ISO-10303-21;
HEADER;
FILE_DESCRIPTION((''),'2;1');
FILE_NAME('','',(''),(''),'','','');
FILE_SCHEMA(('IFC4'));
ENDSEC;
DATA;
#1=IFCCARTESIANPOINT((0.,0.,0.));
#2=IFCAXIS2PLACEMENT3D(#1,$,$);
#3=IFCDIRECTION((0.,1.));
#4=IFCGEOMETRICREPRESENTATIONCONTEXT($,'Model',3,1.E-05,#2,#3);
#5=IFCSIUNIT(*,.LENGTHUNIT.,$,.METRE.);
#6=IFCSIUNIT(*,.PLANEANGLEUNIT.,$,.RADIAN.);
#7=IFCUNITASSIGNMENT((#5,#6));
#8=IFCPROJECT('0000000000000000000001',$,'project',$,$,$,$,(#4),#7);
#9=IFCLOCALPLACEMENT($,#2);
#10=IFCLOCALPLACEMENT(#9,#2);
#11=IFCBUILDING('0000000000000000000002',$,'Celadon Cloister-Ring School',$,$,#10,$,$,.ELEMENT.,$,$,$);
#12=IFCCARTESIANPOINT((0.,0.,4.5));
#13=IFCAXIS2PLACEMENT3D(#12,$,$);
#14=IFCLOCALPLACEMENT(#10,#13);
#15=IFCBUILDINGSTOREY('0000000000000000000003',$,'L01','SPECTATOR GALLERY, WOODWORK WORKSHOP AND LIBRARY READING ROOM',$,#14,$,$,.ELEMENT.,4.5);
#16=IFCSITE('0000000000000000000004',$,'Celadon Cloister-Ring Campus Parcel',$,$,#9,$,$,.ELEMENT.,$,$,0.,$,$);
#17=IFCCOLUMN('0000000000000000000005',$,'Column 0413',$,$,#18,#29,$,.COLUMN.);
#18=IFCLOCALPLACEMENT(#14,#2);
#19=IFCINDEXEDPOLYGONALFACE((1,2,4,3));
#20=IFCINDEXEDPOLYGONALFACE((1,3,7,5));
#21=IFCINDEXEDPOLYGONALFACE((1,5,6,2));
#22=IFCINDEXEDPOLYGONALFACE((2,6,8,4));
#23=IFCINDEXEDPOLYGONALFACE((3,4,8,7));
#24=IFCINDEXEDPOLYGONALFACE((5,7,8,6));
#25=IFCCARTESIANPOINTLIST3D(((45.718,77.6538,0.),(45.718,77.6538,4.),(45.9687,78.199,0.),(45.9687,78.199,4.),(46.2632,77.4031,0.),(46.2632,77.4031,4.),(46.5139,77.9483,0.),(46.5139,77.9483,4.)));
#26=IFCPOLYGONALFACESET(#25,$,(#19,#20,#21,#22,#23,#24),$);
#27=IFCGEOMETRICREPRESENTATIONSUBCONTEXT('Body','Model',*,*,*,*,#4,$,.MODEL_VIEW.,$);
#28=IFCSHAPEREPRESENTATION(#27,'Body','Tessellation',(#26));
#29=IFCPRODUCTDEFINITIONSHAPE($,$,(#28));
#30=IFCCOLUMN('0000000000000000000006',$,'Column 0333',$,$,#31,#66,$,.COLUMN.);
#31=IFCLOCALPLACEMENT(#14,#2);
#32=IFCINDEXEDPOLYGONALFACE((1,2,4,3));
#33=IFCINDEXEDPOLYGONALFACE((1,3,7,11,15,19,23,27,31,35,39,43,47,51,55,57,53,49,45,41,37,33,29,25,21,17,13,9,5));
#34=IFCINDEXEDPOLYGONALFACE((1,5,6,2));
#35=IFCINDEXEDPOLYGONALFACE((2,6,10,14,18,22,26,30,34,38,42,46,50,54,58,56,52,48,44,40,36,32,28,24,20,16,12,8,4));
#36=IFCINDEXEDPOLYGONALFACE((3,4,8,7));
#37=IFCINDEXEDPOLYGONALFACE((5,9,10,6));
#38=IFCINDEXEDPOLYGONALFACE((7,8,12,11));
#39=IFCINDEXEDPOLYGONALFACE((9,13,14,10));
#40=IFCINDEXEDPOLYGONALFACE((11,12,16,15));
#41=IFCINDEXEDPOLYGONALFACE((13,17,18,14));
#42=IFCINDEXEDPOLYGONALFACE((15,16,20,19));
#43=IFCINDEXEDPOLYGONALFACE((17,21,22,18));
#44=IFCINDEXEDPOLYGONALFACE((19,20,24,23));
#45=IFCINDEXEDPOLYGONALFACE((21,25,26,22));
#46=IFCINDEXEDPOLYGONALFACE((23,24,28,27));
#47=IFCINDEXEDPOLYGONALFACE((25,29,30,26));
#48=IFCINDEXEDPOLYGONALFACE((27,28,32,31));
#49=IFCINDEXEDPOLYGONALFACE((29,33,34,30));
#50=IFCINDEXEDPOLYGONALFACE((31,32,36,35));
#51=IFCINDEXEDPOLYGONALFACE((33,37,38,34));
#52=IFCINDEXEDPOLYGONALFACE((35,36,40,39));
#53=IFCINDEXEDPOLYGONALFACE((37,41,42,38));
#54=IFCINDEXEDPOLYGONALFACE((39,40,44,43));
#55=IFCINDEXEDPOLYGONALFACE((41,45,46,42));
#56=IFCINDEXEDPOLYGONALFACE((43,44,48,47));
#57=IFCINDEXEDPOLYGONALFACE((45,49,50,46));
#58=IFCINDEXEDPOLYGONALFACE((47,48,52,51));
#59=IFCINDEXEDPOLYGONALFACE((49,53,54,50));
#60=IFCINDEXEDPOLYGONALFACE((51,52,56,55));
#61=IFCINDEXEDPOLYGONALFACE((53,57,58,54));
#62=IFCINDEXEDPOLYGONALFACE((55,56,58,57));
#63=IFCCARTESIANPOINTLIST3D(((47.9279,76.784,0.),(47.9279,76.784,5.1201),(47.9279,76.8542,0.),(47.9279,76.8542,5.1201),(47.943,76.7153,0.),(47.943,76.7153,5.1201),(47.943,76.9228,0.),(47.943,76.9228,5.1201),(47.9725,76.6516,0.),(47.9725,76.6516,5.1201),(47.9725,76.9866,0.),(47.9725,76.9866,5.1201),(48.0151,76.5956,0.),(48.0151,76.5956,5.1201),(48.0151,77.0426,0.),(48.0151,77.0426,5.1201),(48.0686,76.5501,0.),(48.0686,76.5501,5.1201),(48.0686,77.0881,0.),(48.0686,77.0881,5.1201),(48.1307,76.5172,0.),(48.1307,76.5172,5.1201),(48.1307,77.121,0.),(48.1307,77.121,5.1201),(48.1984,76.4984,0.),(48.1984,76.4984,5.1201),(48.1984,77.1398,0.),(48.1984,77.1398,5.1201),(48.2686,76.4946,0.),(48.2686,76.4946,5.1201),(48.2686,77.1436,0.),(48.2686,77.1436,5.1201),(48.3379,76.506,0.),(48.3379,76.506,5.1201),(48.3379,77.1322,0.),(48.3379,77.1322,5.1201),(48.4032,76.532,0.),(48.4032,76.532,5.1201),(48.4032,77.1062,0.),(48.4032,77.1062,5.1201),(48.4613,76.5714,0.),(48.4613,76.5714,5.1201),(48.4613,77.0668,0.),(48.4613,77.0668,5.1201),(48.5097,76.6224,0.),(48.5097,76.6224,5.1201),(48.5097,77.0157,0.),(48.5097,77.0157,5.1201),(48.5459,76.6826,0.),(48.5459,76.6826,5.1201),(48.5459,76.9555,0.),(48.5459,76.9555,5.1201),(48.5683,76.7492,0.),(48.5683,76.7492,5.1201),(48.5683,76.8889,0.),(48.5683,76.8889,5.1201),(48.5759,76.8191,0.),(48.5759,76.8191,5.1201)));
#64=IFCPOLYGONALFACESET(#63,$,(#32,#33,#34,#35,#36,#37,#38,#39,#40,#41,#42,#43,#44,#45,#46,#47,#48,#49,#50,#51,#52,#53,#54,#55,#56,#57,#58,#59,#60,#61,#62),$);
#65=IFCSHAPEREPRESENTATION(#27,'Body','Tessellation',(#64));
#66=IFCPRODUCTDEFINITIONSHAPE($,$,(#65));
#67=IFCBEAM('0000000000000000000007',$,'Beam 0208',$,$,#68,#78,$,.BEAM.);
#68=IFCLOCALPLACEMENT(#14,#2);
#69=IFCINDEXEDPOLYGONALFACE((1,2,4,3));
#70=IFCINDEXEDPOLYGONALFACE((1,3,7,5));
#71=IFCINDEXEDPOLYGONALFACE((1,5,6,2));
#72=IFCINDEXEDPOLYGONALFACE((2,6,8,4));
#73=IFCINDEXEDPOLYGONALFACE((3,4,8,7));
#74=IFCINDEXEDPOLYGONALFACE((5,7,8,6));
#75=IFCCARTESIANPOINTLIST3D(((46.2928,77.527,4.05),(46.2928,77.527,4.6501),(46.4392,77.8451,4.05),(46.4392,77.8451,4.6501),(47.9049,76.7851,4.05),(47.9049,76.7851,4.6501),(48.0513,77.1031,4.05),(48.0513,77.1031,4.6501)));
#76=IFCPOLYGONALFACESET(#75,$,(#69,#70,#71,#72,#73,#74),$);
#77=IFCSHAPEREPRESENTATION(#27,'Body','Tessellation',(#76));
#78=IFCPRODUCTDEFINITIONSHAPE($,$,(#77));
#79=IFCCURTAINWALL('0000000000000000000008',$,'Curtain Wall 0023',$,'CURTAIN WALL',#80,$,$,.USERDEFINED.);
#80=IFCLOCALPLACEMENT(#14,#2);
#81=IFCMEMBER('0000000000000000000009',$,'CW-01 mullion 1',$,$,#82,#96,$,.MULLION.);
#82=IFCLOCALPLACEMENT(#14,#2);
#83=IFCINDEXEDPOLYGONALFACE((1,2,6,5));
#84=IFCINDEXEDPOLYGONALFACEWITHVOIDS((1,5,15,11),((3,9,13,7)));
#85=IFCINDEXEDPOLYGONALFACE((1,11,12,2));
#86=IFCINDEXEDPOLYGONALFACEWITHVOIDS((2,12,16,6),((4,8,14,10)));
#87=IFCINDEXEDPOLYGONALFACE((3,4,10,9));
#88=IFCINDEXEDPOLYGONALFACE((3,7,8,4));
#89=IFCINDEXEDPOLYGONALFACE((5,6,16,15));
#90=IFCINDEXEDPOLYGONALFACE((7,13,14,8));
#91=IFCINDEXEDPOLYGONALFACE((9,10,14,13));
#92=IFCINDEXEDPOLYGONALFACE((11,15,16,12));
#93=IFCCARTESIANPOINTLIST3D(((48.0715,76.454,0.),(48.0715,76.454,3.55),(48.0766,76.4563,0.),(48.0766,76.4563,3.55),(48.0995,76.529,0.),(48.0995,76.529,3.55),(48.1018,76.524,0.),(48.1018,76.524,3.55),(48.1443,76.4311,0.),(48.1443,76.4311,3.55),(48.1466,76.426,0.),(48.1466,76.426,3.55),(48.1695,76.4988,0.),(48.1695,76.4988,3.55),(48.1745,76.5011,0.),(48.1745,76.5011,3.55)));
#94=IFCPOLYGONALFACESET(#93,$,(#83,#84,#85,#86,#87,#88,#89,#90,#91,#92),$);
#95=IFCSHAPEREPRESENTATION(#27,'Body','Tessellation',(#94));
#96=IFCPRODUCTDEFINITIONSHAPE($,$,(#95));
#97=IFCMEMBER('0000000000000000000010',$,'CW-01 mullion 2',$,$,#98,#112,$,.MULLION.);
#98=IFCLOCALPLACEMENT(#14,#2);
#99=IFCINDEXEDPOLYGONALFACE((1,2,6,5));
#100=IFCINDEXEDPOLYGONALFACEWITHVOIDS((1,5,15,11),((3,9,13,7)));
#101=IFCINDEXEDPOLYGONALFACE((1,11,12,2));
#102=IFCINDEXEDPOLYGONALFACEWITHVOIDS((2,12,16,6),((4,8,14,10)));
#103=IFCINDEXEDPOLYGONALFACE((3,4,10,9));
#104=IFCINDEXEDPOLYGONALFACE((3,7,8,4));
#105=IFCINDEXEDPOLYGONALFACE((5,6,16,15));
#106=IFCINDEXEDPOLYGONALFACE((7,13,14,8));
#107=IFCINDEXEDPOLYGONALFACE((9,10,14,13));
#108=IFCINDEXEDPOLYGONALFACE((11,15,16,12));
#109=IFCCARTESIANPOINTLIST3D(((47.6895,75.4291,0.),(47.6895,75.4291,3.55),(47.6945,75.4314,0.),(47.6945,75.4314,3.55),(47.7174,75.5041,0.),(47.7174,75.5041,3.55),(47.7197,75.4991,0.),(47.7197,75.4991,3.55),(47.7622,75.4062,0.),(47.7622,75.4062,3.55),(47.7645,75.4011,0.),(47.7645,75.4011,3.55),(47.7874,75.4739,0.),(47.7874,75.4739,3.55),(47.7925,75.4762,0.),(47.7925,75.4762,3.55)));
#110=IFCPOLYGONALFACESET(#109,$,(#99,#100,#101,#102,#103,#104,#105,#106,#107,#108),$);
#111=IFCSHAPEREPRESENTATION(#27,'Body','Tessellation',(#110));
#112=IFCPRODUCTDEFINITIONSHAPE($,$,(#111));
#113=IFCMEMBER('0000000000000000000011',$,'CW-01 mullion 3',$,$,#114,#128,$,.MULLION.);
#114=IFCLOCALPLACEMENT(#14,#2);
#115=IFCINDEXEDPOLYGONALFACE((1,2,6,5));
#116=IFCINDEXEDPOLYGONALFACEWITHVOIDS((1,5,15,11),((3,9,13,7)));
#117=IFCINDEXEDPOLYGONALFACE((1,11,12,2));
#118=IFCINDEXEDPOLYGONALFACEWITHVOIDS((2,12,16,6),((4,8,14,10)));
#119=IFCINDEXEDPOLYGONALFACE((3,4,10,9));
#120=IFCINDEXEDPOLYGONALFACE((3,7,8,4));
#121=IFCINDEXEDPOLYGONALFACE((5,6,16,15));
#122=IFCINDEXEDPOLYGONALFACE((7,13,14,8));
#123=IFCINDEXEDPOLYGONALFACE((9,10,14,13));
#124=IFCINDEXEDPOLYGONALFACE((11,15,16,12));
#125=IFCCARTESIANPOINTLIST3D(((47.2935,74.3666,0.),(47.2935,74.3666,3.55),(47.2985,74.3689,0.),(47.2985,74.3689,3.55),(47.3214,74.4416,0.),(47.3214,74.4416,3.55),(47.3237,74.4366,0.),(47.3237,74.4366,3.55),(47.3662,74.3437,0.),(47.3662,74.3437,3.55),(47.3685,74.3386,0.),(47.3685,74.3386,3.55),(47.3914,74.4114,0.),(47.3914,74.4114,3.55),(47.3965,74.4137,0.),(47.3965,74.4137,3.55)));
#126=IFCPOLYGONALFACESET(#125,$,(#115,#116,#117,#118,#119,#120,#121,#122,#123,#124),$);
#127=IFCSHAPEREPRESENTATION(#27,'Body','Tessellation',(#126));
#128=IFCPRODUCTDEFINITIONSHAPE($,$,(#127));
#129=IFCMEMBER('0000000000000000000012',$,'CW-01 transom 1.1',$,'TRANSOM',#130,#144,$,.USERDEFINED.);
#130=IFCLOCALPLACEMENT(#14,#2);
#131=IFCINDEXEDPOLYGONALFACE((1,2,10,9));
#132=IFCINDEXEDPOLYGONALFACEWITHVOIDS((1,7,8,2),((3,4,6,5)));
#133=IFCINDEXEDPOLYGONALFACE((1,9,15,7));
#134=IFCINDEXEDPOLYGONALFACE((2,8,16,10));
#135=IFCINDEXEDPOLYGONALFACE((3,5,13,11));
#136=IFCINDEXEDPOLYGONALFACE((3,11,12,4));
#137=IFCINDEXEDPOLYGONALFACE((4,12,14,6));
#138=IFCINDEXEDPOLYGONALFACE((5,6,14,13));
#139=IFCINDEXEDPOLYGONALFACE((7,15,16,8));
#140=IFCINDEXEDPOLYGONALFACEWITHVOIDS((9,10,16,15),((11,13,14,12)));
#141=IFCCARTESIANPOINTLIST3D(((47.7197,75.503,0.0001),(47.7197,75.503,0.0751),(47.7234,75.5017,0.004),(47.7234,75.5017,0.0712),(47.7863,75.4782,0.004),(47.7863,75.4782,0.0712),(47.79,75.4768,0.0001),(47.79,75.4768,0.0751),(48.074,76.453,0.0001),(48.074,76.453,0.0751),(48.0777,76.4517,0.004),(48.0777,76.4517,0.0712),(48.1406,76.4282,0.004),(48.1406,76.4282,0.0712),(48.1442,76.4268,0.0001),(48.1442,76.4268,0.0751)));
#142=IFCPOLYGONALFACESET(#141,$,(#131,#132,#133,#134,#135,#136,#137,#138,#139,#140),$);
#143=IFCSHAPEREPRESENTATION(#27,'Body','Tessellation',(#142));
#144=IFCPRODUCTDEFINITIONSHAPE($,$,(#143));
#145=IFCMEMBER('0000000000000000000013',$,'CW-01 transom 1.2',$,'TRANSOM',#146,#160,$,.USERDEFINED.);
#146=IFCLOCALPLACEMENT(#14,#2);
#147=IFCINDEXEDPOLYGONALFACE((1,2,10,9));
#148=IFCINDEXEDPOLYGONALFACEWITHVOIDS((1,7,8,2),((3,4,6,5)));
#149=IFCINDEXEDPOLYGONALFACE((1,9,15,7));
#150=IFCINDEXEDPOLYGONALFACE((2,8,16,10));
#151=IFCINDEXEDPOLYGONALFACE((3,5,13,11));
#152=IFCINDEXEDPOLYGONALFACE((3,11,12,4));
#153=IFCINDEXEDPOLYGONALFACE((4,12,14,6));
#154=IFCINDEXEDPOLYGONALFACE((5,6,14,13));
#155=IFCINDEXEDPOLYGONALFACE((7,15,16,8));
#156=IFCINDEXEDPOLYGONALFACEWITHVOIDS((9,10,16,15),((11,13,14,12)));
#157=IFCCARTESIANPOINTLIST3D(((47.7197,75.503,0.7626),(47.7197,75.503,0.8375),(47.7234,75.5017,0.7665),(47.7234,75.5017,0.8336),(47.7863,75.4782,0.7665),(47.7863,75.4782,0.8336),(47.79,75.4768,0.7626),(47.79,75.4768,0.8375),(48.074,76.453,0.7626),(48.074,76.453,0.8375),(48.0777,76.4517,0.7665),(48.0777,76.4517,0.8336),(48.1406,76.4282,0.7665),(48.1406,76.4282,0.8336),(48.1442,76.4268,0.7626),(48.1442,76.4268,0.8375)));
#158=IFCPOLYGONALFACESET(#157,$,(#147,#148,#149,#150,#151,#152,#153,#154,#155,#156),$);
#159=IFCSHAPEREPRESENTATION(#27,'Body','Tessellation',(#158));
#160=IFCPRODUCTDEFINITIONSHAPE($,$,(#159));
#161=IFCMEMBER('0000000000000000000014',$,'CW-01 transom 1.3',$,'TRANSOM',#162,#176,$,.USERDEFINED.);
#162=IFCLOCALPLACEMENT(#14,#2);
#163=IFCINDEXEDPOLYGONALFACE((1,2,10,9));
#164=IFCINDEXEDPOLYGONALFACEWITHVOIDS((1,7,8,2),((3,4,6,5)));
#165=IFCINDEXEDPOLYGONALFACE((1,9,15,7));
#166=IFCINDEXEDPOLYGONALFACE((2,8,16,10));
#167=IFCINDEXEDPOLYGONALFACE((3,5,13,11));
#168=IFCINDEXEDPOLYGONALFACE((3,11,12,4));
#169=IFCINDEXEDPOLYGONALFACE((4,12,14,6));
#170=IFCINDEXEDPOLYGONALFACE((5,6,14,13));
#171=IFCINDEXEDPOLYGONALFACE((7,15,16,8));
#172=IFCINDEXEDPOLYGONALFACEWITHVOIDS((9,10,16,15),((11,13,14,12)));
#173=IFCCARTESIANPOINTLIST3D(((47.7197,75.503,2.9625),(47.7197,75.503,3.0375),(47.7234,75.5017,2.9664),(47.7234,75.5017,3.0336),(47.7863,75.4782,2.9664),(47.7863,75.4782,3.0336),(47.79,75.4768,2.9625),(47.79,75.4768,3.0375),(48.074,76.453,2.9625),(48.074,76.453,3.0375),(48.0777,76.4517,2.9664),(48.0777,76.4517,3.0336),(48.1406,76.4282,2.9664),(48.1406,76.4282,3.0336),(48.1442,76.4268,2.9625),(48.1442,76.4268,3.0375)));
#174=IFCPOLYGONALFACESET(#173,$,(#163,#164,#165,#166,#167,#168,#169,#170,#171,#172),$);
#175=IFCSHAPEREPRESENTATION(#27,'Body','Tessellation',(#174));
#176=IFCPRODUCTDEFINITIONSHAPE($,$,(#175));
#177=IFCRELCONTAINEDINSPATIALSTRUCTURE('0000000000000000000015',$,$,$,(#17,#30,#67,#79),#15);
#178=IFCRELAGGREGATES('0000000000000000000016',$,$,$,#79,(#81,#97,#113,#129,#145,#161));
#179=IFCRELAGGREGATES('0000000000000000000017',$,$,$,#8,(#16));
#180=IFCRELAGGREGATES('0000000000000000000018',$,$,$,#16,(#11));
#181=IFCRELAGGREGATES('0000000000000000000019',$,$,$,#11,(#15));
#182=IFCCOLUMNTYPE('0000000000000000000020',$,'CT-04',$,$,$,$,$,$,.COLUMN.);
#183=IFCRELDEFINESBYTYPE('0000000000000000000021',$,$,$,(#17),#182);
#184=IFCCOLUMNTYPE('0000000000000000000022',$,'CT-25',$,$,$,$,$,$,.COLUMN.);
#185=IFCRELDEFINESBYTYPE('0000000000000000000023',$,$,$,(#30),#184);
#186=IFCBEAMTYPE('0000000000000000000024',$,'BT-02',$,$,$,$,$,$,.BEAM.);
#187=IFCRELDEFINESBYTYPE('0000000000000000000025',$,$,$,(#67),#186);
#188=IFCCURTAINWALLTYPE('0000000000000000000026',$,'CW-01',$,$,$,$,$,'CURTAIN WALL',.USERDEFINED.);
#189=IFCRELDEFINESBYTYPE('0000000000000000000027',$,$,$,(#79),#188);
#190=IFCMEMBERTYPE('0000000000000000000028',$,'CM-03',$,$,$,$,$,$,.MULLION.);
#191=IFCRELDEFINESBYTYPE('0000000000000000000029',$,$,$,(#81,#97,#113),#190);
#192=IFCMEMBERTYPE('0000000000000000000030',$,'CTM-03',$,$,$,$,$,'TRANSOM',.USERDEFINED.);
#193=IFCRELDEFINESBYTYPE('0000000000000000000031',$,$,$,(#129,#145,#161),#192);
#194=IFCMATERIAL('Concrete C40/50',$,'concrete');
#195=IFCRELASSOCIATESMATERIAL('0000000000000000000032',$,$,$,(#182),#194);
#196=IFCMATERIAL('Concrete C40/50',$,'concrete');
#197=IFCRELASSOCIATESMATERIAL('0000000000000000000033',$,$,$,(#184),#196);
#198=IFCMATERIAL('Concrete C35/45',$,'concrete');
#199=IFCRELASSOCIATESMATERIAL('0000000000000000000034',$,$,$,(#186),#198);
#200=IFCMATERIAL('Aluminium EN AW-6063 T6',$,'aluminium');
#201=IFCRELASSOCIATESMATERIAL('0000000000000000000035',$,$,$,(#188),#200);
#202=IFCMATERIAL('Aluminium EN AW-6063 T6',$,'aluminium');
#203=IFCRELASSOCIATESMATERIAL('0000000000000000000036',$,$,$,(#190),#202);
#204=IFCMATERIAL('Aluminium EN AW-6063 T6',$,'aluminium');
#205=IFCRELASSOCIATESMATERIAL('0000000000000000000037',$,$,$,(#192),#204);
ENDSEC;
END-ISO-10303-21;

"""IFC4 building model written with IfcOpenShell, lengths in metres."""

from ifc_helpers import new_model, si_unit, direction, frame, origin, origin_2d, place, context, subcontext, project, spatial, rectangle, hollow_rectangle, circle, extrude, material, material_profile, profile_set, type_object, element, aggregate, save


model = new_model("IFC4")

# Units and contexts
model_context = context("Model", 3, precision=1e-05, world=origin(), true_north=direction((0.0, 1.0)))
body_context = subcontext(model_context, "Body", "Model", "MODEL_VIEW")
ifc_project = project(units=[si_unit("LENGTHUNIT", "METRE"), si_unit("PLANEANGLEUNIT", "RADIAN")], contexts=[model_context])

# Site, building, storey
site_placement = place(None, origin())
site = spatial("IfcSite", under=ifc_project, at=site_placement, Name="Celadon Cloister-Ring Campus Parcel", CompositionType="ELEMENT", RefElevation=0.0)
building_placement = place(site_placement, origin())
building = spatial("IfcBuilding", under=site, at=building_placement, Name="Celadon Cloister-Ring School", CompositionType="ELEMENT")
storey_placement = place(building_placement, frame((0.0, 0.0, 4.5)))
storey = spatial("IfcBuildingStorey", under=building, at=storey_placement, Name="L01", Description="SPECTATOR GALLERY, WOODWORK WORKSHOP AND LIBRARY READING ROOM", CompositionType="ELEMENT", Elevation=4.5)

# Columns
ifc_material_1 = material(Name="Concrete C40/50", Category="concrete")
ifc_material_profile_1 = material_profile(ifc_material_1, rectangle(XDim=0.6001, YDim=0.6001, at=origin_2d()), Name="RC600X600")
ifc_profile_set_1 = profile_set([ifc_material_profile_1], Name="Concrete C40/50")
column_type_1 = type_object("IfcColumnType", Name="CT-04", PredefinedType="COLUMN", material=ifc_profile_set_1)
column_1_placement = place(storey_placement, frame((46.116, 77.801, 0.0), z_axis=(0.0, 0.0, 1.0), x_axis=(-0.908537, 0.417804, 0.0)))
element("IfcColumn", 1, at=column_1_placement, inside=storey, type_object=column_type_1, Name="Column 0413", PredefinedType="COLUMN", context=body_context, shape_type="SweptSolid", body=[
    extrude(rectangle(XDim=0.6001, YDim=0.6001, at=origin_2d()), origin(), (0.0, 0.0, 1.0), 4.0),
])
ifc_material_2 = material(Name="Concrete C40/50", Category="concrete")
ifc_material_profile_2 = material_profile(ifc_material_2, circle(Radius=0.325, at=origin_2d()), Name="CIRC650")
ifc_profile_set_2 = profile_set([ifc_material_profile_2], Name="Concrete C40/50")
column_type_2 = type_object("IfcColumnType", Name="CT-25", PredefinedType="COLUMN", material=ifc_profile_set_2)
column_2_placement = place(storey_placement, frame((48.251, 76.8191, 0.0), z_axis=(0.0, 0.0, 1.0), x_axis=(1.0, 0.0, 0.0)))
element("IfcColumn", 2, at=column_2_placement, inside=storey, type_object=column_type_2, Name="Column 0333", PredefinedType="COLUMN", context=body_context, shape_type="SweptSolid", body=[
    extrude(circle(Radius=0.325, at=origin_2d()), origin(), (0.0, 0.0, 1.0), 5.1201),
])

# Beam
ifc_material_3 = material(Name="Concrete C35/45", Category="concrete")
ifc_material_profile_3 = material_profile(ifc_material_3, rectangle(XDim=0.3501, YDim=0.6001, at=origin_2d()), Name="RC350X600")
ifc_profile_set_3 = profile_set([ifc_material_profile_3], Name="Concrete C35/45")
beam_type_1 = type_object("IfcBeamType", Name="BT-02", PredefinedType="BEAM", material=ifc_profile_set_3)
beam_1_placement = place(storey_placement, frame((46.366, 77.686, 4.3501), z_axis=(0.908406, -0.41809, 0.0), x_axis=(0.41809, 0.908406, 0.0)))
element("IfcBeam", 3, at=beam_1_placement, inside=storey, type_object=beam_type_1, Name="Beam 0208", PredefinedType="BEAM", context=body_context, shape_type="SweptSolid", body=[
    extrude(rectangle(XDim=0.3501, YDim=0.6001, at=origin_2d()), origin(), (0.0, 0.0, 1.0), 1.7747),
])

# Curtain wall, members
ifc_material_4 = material(Name="Aluminium EN AW-6063 T6", Category="aluminium")
curtain_wall_type = type_object("IfcCurtainWallType", Name="CW-01", ElementType="CURTAIN WALL", PredefinedType="USERDEFINED", material=ifc_material_4)
curtain_wall_placement = place(storey_placement, origin())
curtain_wall = element("IfcCurtainWall", 4, at=curtain_wall_placement, inside=storey, type_object=curtain_wall_type, Name="Curtain Wall 0023", ObjectType="CURTAIN WALL", PredefinedType="USERDEFINED")
ifc_material_5 = material(Name="Aluminium EN AW-6063 T6", Category="aluminium")
ifc_material_profile_4 = material_profile(ifc_material_5, hollow_rectangle(XDim=0.0801, YDim=0.0801, WallThickness=0.0039, at=origin_2d()), Name="RHS80X80X4")
ifc_profile_set_4 = profile_set([ifc_material_profile_4], Name="Aluminium EN AW-6063 T6")
member_type_1 = type_object("IfcMemberType", Name="CM-03", PredefinedType="MULLION", material=ifc_profile_set_4)
member_1_placement = place(storey_placement, frame((48.123, 76.4775, 0.0), z_axis=(0.0, 0.0, 1.0), x_axis=(0.937023, -0.349267, 0.0)))
member_1 = element("IfcMember", 5, at=member_1_placement, type_object=member_type_1, Name="CW-01 mullion 1", PredefinedType="MULLION", context=body_context, shape_type="SweptSolid", body=[
    extrude(hollow_rectangle(XDim=0.0801, YDim=0.0801, WallThickness=0.0039, at=origin_2d()), origin(), (0.0, 0.0, 1.0), 3.55),
])
member_2_placement = place(storey_placement, frame((47.741, 75.4526, 0.0), z_axis=(0.0, 0.0, 1.0), x_axis=(0.937023, -0.349267, 0.0)))
member_2 = element("IfcMember", 6, at=member_2_placement, type_object=member_type_1, Name="CW-01 mullion 2", PredefinedType="MULLION", context=body_context, shape_type="SweptSolid", body=[
    extrude(hollow_rectangle(XDim=0.0801, YDim=0.0801, WallThickness=0.0039, at=origin_2d()), origin(), (0.0, 0.0, 1.0), 3.55),
])
member_3_placement = place(storey_placement, frame((47.345, 74.3901, 0.0), z_axis=(0.0, 0.0, 1.0), x_axis=(0.937023, -0.349267, 0.0)))
member_3 = element("IfcMember", 7, at=member_3_placement, type_object=member_type_1, Name="CW-01 mullion 3", PredefinedType="MULLION", context=body_context, shape_type="SweptSolid", body=[
    extrude(hollow_rectangle(XDim=0.0801, YDim=0.0801, WallThickness=0.0039, at=origin_2d()), origin(), (0.0, 0.0, 1.0), 3.55),
])
ifc_material_6 = material(Name="Aluminium EN AW-6063 T6", Category="aluminium")
ifc_material_profile_5 = material_profile(ifc_material_6, hollow_rectangle(XDim=0.075, YDim=0.075, WallThickness=0.0039, at=origin_2d()), Name="RHS75X75X4")
ifc_profile_set_5 = profile_set([ifc_material_profile_5], Name="Aluminium EN AW-6063 T6")
member_type_2 = type_object("IfcMemberType", Name="CTM-03", ElementType="TRANSOM", PredefinedType="USERDEFINED", material=ifc_profile_set_5)
member_4_placement = place(storey_placement, frame((48.1091, 76.4399, 0.0376), z_axis=(-0.349408, -0.936971, 0.0), x_axis=(0.936971, -0.349408, 0.0)))
member_4 = element("IfcMember", 8, at=member_4_placement, type_object=member_type_2, Name="CW-01 transom 1.1", ObjectType="TRANSOM", PredefinedType="USERDEFINED", context=body_context, shape_type="SweptSolid", body=[
    extrude(hollow_rectangle(XDim=0.075, YDim=0.075, WallThickness=0.0039, at=origin_2d()), origin(), (0.0, 0.0, 1.0), 1.0139),
])
member_5_placement = place(storey_placement, frame((48.1091, 76.4399, 0.8), z_axis=(-0.349408, -0.936971, 0.0), x_axis=(0.936971, -0.349408, 0.0)))
member_5 = element("IfcMember", 9, at=member_5_placement, type_object=member_type_2, Name="CW-01 transom 1.2", ObjectType="TRANSOM", PredefinedType="USERDEFINED", context=body_context, shape_type="SweptSolid", body=[
    extrude(hollow_rectangle(XDim=0.075, YDim=0.075, WallThickness=0.0039, at=origin_2d()), origin(), (0.0, 0.0, 1.0), 1.0139),
])
member_6_placement = place(storey_placement, frame((48.1091, 76.4399, 3.0), z_axis=(-0.349408, -0.936971, 0.0), x_axis=(0.936971, -0.349408, 0.0)))
member_6 = element("IfcMember", 10, at=member_6_placement, type_object=member_type_2, Name="CW-01 transom 1.3", ObjectType="TRANSOM", PredefinedType="USERDEFINED", context=body_context, shape_type="SweptSolid", body=[
    extrude(hollow_rectangle(XDim=0.075, YDim=0.075, WallThickness=0.0039, at=origin_2d()), origin(), (0.0, 0.0, 1.0), 1.0139),
])

aggregate(curtain_wall, [member_1, member_2, member_3, member_4, member_5, member_6])

save(model, "model.ifc")
